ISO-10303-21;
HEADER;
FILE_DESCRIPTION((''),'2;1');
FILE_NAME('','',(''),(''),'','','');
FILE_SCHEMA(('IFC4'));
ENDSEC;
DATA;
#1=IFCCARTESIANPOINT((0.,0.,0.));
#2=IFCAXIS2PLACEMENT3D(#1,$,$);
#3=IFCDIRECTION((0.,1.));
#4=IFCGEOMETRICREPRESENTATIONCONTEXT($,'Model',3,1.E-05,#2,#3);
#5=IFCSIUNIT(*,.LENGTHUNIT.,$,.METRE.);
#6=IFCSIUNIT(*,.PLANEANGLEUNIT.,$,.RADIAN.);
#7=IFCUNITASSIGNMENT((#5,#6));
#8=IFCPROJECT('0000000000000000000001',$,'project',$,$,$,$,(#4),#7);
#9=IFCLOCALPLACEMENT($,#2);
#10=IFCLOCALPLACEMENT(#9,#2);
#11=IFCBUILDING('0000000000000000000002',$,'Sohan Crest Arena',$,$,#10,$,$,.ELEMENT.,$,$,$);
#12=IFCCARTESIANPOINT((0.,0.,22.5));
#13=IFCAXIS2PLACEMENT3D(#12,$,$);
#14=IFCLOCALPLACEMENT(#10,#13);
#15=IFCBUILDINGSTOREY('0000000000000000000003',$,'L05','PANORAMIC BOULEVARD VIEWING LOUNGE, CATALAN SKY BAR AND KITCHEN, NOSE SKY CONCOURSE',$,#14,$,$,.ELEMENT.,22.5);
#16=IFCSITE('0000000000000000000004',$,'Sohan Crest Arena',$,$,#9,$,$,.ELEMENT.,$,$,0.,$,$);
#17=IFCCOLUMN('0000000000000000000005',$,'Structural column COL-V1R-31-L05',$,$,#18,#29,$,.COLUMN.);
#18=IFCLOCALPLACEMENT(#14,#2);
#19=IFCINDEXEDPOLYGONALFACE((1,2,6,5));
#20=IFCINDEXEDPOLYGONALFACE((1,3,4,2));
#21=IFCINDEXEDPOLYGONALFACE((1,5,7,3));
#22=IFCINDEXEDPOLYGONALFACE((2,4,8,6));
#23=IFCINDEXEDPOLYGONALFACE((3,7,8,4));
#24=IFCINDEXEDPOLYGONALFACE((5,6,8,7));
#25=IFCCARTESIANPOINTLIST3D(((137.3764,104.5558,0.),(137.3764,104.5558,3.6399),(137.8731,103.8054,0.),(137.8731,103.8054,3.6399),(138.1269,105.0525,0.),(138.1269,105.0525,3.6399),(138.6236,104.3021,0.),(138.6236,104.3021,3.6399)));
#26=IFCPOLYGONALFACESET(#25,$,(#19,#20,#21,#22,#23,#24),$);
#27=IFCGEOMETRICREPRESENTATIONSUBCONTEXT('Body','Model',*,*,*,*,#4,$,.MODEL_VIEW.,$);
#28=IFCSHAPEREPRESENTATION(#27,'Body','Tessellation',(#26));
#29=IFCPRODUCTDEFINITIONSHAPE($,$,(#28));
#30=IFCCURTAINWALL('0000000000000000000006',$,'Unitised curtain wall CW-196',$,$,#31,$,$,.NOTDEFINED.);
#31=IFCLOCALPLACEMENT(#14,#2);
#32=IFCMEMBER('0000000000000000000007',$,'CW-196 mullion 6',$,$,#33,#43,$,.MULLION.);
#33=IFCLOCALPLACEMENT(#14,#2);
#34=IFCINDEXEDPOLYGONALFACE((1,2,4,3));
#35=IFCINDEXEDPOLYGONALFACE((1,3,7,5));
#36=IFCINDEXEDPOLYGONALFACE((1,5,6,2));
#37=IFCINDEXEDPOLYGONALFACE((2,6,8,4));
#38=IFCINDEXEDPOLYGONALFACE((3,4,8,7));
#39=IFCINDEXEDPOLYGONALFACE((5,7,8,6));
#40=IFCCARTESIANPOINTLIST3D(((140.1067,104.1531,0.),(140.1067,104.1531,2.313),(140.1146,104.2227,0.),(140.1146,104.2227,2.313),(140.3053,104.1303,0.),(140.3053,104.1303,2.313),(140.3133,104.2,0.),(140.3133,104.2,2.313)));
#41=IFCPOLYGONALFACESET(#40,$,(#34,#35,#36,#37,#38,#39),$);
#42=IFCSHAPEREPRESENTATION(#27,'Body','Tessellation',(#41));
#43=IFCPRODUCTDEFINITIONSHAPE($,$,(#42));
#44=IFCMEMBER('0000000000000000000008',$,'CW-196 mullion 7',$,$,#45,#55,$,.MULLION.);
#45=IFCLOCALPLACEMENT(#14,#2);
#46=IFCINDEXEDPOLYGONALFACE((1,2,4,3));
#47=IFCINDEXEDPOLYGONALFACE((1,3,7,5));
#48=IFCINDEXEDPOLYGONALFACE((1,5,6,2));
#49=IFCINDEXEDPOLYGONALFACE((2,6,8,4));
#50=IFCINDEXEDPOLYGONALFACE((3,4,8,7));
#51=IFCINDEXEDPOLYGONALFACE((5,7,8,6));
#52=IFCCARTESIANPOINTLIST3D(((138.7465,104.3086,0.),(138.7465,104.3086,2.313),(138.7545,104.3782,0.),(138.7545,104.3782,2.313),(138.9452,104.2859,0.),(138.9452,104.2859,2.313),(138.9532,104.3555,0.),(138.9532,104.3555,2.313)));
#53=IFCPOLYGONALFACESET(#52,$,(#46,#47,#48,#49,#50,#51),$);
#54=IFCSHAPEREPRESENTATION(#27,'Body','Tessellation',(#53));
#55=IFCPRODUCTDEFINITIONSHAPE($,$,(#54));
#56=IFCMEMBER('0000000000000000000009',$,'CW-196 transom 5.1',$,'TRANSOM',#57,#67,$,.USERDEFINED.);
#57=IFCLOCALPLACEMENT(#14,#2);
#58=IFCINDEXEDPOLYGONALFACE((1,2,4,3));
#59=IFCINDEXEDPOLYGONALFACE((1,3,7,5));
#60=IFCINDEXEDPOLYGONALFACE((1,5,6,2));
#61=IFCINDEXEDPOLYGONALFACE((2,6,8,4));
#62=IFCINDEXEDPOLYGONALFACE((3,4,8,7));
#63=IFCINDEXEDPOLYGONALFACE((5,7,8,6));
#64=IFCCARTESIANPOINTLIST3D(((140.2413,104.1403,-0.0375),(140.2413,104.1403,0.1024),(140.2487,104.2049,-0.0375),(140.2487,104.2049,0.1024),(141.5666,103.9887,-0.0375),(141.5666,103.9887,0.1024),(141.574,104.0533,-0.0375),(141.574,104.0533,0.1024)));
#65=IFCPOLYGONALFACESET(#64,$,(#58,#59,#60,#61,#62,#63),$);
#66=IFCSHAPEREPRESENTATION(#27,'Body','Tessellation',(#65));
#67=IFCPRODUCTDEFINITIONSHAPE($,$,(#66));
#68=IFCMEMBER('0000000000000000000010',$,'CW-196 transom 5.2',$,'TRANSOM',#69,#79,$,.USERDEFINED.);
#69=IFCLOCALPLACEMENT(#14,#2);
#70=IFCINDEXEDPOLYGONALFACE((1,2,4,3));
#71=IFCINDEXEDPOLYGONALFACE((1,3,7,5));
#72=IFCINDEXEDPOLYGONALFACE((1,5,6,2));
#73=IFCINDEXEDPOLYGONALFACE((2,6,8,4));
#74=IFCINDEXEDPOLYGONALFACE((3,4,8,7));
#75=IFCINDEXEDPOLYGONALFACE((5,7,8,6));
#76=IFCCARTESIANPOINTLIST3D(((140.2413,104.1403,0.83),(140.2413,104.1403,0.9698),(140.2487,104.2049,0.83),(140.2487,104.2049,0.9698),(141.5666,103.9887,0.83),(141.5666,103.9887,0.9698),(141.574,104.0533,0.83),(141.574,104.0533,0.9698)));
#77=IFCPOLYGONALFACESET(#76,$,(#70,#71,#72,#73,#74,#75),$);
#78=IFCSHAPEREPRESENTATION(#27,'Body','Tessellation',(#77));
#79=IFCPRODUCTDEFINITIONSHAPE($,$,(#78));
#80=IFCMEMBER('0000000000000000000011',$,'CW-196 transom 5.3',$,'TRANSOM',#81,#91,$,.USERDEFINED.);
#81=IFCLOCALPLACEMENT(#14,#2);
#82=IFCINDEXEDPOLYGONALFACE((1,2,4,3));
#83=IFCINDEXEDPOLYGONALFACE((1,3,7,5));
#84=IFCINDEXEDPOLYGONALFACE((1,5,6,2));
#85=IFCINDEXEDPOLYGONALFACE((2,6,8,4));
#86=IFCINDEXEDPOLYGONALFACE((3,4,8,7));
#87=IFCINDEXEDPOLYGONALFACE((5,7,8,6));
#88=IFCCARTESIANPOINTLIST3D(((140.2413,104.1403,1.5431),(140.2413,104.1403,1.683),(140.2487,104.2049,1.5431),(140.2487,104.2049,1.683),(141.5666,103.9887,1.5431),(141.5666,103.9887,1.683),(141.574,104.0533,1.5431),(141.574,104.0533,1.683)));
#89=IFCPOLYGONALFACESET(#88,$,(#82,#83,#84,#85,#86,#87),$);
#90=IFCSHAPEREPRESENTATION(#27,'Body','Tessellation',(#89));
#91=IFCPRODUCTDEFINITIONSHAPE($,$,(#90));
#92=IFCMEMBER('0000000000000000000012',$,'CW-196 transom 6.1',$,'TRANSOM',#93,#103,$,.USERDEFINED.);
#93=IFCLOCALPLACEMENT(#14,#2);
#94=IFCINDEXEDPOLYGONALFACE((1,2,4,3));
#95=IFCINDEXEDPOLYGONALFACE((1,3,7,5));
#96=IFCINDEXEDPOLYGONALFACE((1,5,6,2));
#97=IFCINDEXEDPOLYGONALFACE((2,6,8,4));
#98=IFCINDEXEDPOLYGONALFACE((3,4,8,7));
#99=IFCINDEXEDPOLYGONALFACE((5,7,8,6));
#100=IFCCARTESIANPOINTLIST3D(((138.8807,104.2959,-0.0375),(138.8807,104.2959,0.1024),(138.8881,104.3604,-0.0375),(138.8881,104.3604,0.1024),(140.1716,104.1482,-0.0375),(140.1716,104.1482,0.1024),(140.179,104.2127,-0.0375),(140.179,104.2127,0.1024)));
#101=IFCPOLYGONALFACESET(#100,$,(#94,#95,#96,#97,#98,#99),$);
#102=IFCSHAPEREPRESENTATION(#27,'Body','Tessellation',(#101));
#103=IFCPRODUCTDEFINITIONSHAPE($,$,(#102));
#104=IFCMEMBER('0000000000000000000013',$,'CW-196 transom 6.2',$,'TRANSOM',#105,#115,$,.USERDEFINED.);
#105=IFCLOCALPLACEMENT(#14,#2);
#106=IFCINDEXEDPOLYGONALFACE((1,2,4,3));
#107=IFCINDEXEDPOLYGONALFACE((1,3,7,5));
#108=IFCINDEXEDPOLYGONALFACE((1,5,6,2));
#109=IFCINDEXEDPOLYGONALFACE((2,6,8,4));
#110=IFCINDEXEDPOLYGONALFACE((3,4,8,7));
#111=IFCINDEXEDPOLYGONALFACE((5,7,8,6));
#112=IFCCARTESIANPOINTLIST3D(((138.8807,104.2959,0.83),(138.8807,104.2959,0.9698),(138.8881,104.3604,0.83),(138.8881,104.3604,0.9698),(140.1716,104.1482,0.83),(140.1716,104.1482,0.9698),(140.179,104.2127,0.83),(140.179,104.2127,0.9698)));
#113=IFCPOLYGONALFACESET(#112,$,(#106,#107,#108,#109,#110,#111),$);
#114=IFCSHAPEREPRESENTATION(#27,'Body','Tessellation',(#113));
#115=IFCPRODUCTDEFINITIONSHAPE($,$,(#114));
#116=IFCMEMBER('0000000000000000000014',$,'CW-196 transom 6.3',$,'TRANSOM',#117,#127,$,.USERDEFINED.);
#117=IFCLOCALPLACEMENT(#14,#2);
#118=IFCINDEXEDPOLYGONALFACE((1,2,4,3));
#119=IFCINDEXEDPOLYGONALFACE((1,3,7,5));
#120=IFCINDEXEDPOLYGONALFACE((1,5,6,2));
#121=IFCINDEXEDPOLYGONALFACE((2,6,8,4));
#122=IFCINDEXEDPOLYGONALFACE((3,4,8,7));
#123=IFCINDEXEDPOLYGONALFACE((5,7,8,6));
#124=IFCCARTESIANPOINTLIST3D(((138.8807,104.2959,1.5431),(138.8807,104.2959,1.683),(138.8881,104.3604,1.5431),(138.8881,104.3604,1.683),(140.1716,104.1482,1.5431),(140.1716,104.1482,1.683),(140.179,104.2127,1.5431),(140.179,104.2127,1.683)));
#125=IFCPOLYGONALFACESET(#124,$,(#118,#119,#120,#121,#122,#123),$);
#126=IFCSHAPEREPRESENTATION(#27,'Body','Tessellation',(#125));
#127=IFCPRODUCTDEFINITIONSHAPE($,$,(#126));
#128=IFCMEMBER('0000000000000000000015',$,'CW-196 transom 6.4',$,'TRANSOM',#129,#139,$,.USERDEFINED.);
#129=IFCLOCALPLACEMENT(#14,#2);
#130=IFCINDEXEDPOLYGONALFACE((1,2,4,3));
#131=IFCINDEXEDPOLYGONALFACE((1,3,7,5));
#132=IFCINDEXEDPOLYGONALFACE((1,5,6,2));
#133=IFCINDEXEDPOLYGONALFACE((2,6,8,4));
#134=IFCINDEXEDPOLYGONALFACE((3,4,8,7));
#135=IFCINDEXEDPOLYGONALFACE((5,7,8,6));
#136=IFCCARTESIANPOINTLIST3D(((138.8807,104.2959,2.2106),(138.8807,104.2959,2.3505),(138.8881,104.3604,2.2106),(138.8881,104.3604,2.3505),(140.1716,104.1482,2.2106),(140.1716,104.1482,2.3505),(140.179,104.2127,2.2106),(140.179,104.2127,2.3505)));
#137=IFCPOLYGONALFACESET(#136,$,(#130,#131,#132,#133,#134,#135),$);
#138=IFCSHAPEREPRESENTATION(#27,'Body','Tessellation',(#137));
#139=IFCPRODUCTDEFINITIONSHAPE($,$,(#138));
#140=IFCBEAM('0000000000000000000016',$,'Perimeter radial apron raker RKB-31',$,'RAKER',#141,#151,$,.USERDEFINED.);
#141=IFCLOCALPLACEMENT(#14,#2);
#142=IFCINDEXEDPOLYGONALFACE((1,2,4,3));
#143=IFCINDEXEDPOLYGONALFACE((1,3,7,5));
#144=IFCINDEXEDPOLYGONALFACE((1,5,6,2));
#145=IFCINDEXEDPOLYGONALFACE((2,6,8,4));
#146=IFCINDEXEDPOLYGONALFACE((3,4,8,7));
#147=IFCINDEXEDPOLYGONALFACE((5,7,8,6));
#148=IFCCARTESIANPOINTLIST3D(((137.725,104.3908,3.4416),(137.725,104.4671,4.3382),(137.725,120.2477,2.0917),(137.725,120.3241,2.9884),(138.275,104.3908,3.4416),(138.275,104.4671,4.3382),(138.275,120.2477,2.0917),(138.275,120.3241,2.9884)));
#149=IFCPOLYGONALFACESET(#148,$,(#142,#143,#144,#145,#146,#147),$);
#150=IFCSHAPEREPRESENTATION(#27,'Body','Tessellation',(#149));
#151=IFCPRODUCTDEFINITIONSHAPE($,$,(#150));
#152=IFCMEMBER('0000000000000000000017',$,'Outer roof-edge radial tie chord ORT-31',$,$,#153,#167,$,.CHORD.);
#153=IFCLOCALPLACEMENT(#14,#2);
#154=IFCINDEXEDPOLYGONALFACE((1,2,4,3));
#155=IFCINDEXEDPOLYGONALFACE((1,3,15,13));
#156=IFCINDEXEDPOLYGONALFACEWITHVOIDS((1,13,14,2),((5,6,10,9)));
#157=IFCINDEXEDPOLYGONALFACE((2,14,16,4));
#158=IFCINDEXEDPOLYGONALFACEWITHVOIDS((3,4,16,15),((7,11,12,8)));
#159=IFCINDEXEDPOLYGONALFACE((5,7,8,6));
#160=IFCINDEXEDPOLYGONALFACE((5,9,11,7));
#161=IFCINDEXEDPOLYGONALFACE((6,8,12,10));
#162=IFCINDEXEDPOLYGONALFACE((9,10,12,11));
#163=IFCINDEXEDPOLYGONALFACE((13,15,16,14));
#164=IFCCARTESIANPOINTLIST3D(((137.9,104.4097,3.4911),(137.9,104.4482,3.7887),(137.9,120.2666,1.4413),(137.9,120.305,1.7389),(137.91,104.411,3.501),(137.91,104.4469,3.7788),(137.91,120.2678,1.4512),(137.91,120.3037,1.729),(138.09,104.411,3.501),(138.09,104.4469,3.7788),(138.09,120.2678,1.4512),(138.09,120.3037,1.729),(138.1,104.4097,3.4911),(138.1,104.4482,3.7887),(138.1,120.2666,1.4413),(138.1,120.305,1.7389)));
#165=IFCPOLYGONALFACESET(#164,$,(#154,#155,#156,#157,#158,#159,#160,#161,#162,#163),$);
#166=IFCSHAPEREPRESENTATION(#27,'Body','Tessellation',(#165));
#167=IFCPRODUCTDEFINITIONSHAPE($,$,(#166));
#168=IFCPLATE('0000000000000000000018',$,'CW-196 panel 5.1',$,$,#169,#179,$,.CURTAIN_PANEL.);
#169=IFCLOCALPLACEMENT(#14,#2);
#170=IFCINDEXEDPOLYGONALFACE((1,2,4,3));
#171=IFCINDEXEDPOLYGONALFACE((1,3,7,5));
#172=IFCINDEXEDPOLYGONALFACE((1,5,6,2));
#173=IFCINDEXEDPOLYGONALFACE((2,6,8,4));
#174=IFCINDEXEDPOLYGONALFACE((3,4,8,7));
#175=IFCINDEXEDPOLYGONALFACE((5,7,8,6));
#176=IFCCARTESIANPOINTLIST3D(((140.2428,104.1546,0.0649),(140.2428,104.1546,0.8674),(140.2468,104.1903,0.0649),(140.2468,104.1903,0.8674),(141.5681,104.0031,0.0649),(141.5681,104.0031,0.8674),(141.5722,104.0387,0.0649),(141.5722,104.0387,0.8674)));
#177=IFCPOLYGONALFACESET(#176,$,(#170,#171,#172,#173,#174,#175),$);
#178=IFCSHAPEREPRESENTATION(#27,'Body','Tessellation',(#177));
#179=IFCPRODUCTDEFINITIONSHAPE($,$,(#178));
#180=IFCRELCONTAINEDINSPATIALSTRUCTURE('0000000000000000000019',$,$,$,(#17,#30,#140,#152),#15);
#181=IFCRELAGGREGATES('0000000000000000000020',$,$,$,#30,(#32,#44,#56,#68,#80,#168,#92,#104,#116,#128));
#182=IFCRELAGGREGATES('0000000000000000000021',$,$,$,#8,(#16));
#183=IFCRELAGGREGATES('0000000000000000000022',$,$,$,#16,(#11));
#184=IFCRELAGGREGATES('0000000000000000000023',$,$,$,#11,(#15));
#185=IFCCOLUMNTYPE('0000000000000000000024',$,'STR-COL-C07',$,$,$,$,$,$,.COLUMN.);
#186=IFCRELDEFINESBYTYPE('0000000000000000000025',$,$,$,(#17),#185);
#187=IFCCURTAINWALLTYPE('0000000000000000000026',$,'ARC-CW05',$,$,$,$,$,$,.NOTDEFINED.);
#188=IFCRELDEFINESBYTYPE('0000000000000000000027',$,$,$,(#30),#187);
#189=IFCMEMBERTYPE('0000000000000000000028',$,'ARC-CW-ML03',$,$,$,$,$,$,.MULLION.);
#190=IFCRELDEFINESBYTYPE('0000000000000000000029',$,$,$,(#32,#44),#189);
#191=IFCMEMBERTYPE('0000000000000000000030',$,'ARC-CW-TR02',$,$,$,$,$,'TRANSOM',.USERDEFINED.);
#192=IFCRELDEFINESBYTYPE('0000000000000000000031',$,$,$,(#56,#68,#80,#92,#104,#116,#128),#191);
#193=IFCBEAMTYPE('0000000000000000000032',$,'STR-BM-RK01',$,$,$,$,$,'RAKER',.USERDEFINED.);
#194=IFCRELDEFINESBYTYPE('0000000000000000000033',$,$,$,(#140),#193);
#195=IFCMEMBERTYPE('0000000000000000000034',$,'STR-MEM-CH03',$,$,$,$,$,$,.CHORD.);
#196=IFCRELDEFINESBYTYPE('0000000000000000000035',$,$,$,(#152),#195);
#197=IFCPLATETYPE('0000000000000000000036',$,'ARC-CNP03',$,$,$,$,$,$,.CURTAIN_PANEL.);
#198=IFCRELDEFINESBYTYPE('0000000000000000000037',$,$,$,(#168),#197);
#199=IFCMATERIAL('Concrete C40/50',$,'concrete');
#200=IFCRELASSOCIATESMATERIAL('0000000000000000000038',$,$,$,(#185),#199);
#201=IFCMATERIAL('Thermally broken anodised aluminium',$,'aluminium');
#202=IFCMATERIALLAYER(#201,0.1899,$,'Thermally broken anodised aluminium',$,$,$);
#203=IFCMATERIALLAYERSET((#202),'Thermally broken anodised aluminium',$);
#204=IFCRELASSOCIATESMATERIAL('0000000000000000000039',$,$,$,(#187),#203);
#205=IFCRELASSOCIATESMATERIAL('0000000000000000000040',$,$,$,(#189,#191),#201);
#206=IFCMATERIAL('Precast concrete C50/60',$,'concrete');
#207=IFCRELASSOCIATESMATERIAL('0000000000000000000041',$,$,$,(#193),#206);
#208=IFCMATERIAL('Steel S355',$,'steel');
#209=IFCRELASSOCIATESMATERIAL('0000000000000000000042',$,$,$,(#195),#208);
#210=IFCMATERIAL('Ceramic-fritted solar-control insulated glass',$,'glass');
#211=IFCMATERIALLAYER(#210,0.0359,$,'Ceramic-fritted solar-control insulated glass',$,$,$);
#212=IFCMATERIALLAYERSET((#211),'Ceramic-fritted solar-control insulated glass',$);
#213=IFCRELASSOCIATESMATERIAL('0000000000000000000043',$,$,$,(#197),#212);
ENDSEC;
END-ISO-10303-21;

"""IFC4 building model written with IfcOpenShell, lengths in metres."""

from ifc_helpers import new_model, si_unit, direction, frame, origin, origin_2d, place, context, subcontext, project, spatial, rectangle, hollow_rectangle, extrude, material, layer, layer_set, material_profile, profile_set, type_object, element, aggregate, save


model = new_model("IFC4")

# Units and contexts
model_context = context("Model", 3, precision=1e-05, world=origin(), true_north=direction((0.0, 1.0)))
body_context = subcontext(model_context, "Body", "Model", "MODEL_VIEW")
ifc_project = project(units=[si_unit("LENGTHUNIT", "METRE"), si_unit("PLANEANGLEUNIT", "RADIAN")], contexts=[model_context])

# Site, building, storey
site_placement = place(None, origin())
site = spatial("IfcSite", under=ifc_project, at=site_placement, Name="Sohan Crest Arena", CompositionType="ELEMENT", RefElevation=0.0)
building_placement = place(site_placement, origin())
building = spatial("IfcBuilding", under=site, at=building_placement, Name="Sohan Crest Arena", CompositionType="ELEMENT")
storey_placement = place(building_placement, frame((0.0, 0.0, 22.5)))
storey = spatial("IfcBuildingStorey", under=building, at=storey_placement, Name="L05", Description="PANORAMIC BOULEVARD VIEWING LOUNGE, CATALAN SKY BAR AND KITCHEN, NOSE SKY CONCOURSE", CompositionType="ELEMENT", Elevation=22.5)

# Column
ifc_material_1 = material(Name="Concrete C40/50", Category="concrete")
ifc_material_profile_1 = material_profile(ifc_material_1, rectangle(XDim=0.8999, YDim=0.8999, at=origin_2d()), Name="RC 900x900")
ifc_profile_set_1 = profile_set([ifc_material_profile_1], Name="Concrete C40/50")
column_type = type_object("IfcColumnType", Name="STR-COL-C07", PredefinedType="COLUMN", material=ifc_profile_set_1)
column_placement = place(storey_placement, frame((138.0, 104.429, 0.0), z_axis=(0.0, 0.0, 1.0), x_axis=(0.833886, 0.551937, 0.0)))
element("IfcColumn", 1, at=column_placement, inside=storey, type_object=column_type, Name="Structural column COL-V1R-31-L05", PredefinedType="COLUMN", context=body_context, shape_type="SweptSolid", body=[
    extrude(rectangle(XDim=0.8999, YDim=0.8999, at=origin_2d()), origin(), (0.0, 0.0, 1.0), 3.6399),
])

# Curtain wall, members
ifc_material_2 = material(Name="Thermally broken anodised aluminium", Category="aluminium")
ifc_layer_1 = layer(ifc_material_2, 0.1899, Name="Thermally broken anodised aluminium")
ifc_layer_set_1 = layer_set([ifc_layer_1], Name="Thermally broken anodised aluminium")
curtain_wall_type = type_object("IfcCurtainWallType", Name="ARC-CW05", PredefinedType="NOTDEFINED", material=ifc_layer_set_1)
curtain_wall_placement = place(storey_placement, origin())
curtain_wall = element("IfcCurtainWall", 2, at=curtain_wall_placement, inside=storey, type_object=curtain_wall_type, Name="Unitised curtain wall CW-196", PredefinedType="NOTDEFINED")
ifc_material_profile_2 = material_profile(ifc_material_2, rectangle(XDim=0.0701, YDim=0.2, at=origin_2d()), Name="ALU-MULL 70x200")
ifc_profile_set_2 = profile_set([ifc_material_profile_2], Name="Thermally broken anodised aluminium")
member_type_1 = type_object("IfcMemberType", Name="ARC-CW-ML03", PredefinedType="MULLION", material=ifc_profile_set_2)
member_1_placement = place(storey_placement, frame((140.21, 104.1765, 0.0), z_axis=(0.0, 0.0, 1.0), x_axis=(-0.113597, -0.993527, 0.0)))
member_1 = element("IfcMember", 3, at=member_1_placement, type_object=member_type_1, Name="CW-196 mullion 6", PredefinedType="MULLION", context=body_context, shape_type="SweptSolid", body=[
    extrude(rectangle(XDim=0.0701, YDim=0.2, at=origin_2d()), origin(), (0.0, 0.0, 1.0), 2.313),
])
member_2_placement = place(storey_placement, frame((138.8499, 104.332, 0.0), z_axis=(0.0, 0.0, 1.0), x_axis=(-0.113597, -0.993527, 0.0)))
member_2 = element("IfcMember", 4, at=member_2_placement, type_object=member_type_1, Name="CW-196 mullion 7", PredefinedType="MULLION", context=body_context, shape_type="SweptSolid", body=[
    extrude(rectangle(XDim=0.0701, YDim=0.2, at=origin_2d()), origin(), (0.0, 0.0, 1.0), 2.313),
])
ifc_material_profile_3 = material_profile(ifc_material_2, rectangle(XDim=0.0649, YDim=0.1399, at=origin_2d()), Name="ALU-TRAN 65x140")
ifc_profile_set_3 = profile_set([ifc_material_profile_3], Name="Thermally broken anodised aluminium")
member_type_2 = type_object("IfcMemberType", Name="ARC-CW-TR02", ElementType="TRANSOM", PredefinedType="USERDEFINED", material=ifc_profile_set_3)
member_3_placement = place(storey_placement, frame((141.5703, 104.021, 0.0325), z_axis=(-0.993521, 0.113645, 0.0), x_axis=(-0.113645, -0.993521, 0.0)))
member_3 = element("IfcMember", 5, at=member_3_placement, type_object=member_type_2, Name="CW-196 transom 5.1", ObjectType="TRANSOM", PredefinedType="USERDEFINED", context=body_context, shape_type="SweptSolid", body=[
    extrude(rectangle(XDim=0.0649, YDim=0.1399, at=origin_2d()), origin(), (0.0, 0.0, 1.0), 1.334),
])
member_4_placement = place(storey_placement, frame((141.5703, 104.021, 0.8999), z_axis=(-0.993521, 0.113645, 0.0), x_axis=(-0.113645, -0.993521, 0.0)))
member_4 = element("IfcMember", 6, at=member_4_placement, type_object=member_type_2, Name="CW-196 transom 5.2", ObjectType="TRANSOM", PredefinedType="USERDEFINED", context=body_context, shape_type="SweptSolid", body=[
    extrude(rectangle(XDim=0.0649, YDim=0.1399, at=origin_2d()), origin(), (0.0, 0.0, 1.0), 1.334),
])
member_5_placement = place(storey_placement, frame((141.5703, 104.021, 1.613), z_axis=(-0.993521, 0.113645, 0.0), x_axis=(-0.113645, -0.993521, 0.0)))
member_5 = element("IfcMember", 7, at=member_5_placement, type_object=member_type_2, Name="CW-196 transom 5.3", ObjectType="TRANSOM", PredefinedType="USERDEFINED", context=body_context, shape_type="SweptSolid", body=[
    extrude(rectangle(XDim=0.0649, YDim=0.1399, at=origin_2d()), origin(), (0.0, 0.0, 1.0), 1.334),
])
member_6_placement = place(storey_placement, frame((140.1753, 104.1804, 0.0325), z_axis=(-0.993516, 0.11369, 0.0), x_axis=(-0.11369, -0.993516, 0.0)))
member_6 = element("IfcMember", 8, at=member_6_placement, type_object=member_type_2, Name="CW-196 transom 6.1", ObjectType="TRANSOM", PredefinedType="USERDEFINED", context=body_context, shape_type="SweptSolid", body=[
    extrude(rectangle(XDim=0.0649, YDim=0.1399, at=origin_2d()), origin(), (0.0, 0.0, 1.0), 1.2993),
])
member_7_placement = place(storey_placement, frame((140.1753, 104.1804, 0.8999), z_axis=(-0.993516, 0.11369, 0.0), x_axis=(-0.11369, -0.993516, 0.0)))
member_7 = element("IfcMember", 9, at=member_7_placement, type_object=member_type_2, Name="CW-196 transom 6.2", ObjectType="TRANSOM", PredefinedType="USERDEFINED", context=body_context, shape_type="SweptSolid", body=[
    extrude(rectangle(XDim=0.0649, YDim=0.1399, at=origin_2d()), origin(), (0.0, 0.0, 1.0), 1.2993),
])
member_8_placement = place(storey_placement, frame((140.1753, 104.1804, 1.613), z_axis=(-0.993516, 0.11369, 0.0), x_axis=(-0.11369, -0.993516, 0.0)))
member_8 = element("IfcMember", 10, at=member_8_placement, type_object=member_type_2, Name="CW-196 transom 6.3", ObjectType="TRANSOM", PredefinedType="USERDEFINED", context=body_context, shape_type="SweptSolid", body=[
    extrude(rectangle(XDim=0.0649, YDim=0.1399, at=origin_2d()), origin(), (0.0, 0.0, 1.0), 1.2993),
])
member_9_placement = place(storey_placement, frame((140.1753, 104.1804, 2.2805), z_axis=(-0.993516, 0.11369, 0.0), x_axis=(-0.11369, -0.993516, 0.0)))
member_9 = element("IfcMember", 11, at=member_9_placement, type_object=member_type_2, Name="CW-196 transom 6.4", ObjectType="TRANSOM", PredefinedType="USERDEFINED", context=body_context, shape_type="SweptSolid", body=[
    extrude(rectangle(XDim=0.0649, YDim=0.1399, at=origin_2d()), origin(), (0.0, 0.0, 1.0), 1.2993),
])

# Beam
ifc_material_3 = material(Name="Precast concrete C50/60", Category="concrete")
ifc_material_profile_4 = material_profile(ifc_material_3, rectangle(XDim=0.55, YDim=0.8999, at=origin_2d()), Name="RAKER 550x900")
ifc_profile_set_4 = profile_set([ifc_material_profile_4], Name="Precast concrete C50/60")
beam_type = type_object("IfcBeamType", Name="STR-BM-RK01", ElementType="RAKER", PredefinedType="USERDEFINED", material=ifc_profile_set_4)
beam_placement = place(storey_placement, frame((138.0, 104.429, 3.8899), z_axis=(0.0, 0.996396, -0.08482), x_axis=(-1.0, 0.0, 0.0)))
element("IfcBeam", 12, at=beam_placement, inside=storey, type_object=beam_type, Name="Perimeter radial apron raker RKB-31", ObjectType="RAKER", PredefinedType="USERDEFINED", context=body_context, shape_type="SweptSolid", body=[
    extrude(rectangle(XDim=0.55, YDim=0.8999, at=origin_2d()), origin(), (0.0, 0.0, 1.0), 15.9143),
])

# Member
ifc_material_4 = material(Name="Steel S355", Category="steel")
ifc_material_profile_5 = material_profile(ifc_material_4, hollow_rectangle(XDim=0.2, YDim=0.3, WallThickness=0.01, at=origin_2d()), Name="RHS 300x200x10")
ifc_profile_set_5 = profile_set([ifc_material_profile_5], Name="Steel S355")
member_type_3 = type_object("IfcMemberType", Name="STR-MEM-CH03", PredefinedType="CHORD", material=ifc_profile_set_5)
member_10_placement = place(storey_placement, frame((138.0, 104.429, 3.6399), z_axis=(0.0, 0.991748, -0.128202), x_axis=(-1.0, 0.0, 0.0)))
element("IfcMember", 13, at=member_10_placement, inside=storey, type_object=member_type_3, Name="Outer roof-edge radial tie chord ORT-31", PredefinedType="CHORD", context=body_context, shape_type="SweptSolid", body=[
    extrude(hollow_rectangle(XDim=0.2, YDim=0.3, WallThickness=0.01, at=origin_2d()), origin(), (0.0, 0.0, 1.0), 15.9888),
])

# Plate
ifc_material_5 = material(Name="Ceramic-fritted solar-control insulated glass", Category="glass")
ifc_layer_2 = layer(ifc_material_5, 0.0359, Name="Ceramic-fritted solar-control insulated glass")
ifc_layer_set_2 = layer_set([ifc_layer_2], Name="Ceramic-fritted solar-control insulated glass")
plate_type = type_object("IfcPlateType", Name="ARC-CNP03", PredefinedType="CURTAIN_PANEL", material=ifc_layer_set_2)
plate_1_placement = place(storey_placement, frame((140.9075, 104.0967, 0.0649), z_axis=(0.0, 0.0, 1.0), x_axis=(-0.993527, 0.113597, 0.0)))
plate_1 = element("IfcPlate", 14, at=plate_1_placement, type_object=plate_type, Name="CW-196 panel 5.1", PredefinedType="CURTAIN_PANEL", context=body_context, shape_type="SweptSolid", body=[
    extrude(rectangle(XDim=1.334, YDim=0.0359, at=origin_2d()), origin(), (0.0, 0.0, 1.0), 0.8025),
])
aggregate(curtain_wall, [member_1, member_2, member_3, member_4, member_5, plate_1, member_6, member_7, member_8, member_9])

save(model, "model.ifc")
